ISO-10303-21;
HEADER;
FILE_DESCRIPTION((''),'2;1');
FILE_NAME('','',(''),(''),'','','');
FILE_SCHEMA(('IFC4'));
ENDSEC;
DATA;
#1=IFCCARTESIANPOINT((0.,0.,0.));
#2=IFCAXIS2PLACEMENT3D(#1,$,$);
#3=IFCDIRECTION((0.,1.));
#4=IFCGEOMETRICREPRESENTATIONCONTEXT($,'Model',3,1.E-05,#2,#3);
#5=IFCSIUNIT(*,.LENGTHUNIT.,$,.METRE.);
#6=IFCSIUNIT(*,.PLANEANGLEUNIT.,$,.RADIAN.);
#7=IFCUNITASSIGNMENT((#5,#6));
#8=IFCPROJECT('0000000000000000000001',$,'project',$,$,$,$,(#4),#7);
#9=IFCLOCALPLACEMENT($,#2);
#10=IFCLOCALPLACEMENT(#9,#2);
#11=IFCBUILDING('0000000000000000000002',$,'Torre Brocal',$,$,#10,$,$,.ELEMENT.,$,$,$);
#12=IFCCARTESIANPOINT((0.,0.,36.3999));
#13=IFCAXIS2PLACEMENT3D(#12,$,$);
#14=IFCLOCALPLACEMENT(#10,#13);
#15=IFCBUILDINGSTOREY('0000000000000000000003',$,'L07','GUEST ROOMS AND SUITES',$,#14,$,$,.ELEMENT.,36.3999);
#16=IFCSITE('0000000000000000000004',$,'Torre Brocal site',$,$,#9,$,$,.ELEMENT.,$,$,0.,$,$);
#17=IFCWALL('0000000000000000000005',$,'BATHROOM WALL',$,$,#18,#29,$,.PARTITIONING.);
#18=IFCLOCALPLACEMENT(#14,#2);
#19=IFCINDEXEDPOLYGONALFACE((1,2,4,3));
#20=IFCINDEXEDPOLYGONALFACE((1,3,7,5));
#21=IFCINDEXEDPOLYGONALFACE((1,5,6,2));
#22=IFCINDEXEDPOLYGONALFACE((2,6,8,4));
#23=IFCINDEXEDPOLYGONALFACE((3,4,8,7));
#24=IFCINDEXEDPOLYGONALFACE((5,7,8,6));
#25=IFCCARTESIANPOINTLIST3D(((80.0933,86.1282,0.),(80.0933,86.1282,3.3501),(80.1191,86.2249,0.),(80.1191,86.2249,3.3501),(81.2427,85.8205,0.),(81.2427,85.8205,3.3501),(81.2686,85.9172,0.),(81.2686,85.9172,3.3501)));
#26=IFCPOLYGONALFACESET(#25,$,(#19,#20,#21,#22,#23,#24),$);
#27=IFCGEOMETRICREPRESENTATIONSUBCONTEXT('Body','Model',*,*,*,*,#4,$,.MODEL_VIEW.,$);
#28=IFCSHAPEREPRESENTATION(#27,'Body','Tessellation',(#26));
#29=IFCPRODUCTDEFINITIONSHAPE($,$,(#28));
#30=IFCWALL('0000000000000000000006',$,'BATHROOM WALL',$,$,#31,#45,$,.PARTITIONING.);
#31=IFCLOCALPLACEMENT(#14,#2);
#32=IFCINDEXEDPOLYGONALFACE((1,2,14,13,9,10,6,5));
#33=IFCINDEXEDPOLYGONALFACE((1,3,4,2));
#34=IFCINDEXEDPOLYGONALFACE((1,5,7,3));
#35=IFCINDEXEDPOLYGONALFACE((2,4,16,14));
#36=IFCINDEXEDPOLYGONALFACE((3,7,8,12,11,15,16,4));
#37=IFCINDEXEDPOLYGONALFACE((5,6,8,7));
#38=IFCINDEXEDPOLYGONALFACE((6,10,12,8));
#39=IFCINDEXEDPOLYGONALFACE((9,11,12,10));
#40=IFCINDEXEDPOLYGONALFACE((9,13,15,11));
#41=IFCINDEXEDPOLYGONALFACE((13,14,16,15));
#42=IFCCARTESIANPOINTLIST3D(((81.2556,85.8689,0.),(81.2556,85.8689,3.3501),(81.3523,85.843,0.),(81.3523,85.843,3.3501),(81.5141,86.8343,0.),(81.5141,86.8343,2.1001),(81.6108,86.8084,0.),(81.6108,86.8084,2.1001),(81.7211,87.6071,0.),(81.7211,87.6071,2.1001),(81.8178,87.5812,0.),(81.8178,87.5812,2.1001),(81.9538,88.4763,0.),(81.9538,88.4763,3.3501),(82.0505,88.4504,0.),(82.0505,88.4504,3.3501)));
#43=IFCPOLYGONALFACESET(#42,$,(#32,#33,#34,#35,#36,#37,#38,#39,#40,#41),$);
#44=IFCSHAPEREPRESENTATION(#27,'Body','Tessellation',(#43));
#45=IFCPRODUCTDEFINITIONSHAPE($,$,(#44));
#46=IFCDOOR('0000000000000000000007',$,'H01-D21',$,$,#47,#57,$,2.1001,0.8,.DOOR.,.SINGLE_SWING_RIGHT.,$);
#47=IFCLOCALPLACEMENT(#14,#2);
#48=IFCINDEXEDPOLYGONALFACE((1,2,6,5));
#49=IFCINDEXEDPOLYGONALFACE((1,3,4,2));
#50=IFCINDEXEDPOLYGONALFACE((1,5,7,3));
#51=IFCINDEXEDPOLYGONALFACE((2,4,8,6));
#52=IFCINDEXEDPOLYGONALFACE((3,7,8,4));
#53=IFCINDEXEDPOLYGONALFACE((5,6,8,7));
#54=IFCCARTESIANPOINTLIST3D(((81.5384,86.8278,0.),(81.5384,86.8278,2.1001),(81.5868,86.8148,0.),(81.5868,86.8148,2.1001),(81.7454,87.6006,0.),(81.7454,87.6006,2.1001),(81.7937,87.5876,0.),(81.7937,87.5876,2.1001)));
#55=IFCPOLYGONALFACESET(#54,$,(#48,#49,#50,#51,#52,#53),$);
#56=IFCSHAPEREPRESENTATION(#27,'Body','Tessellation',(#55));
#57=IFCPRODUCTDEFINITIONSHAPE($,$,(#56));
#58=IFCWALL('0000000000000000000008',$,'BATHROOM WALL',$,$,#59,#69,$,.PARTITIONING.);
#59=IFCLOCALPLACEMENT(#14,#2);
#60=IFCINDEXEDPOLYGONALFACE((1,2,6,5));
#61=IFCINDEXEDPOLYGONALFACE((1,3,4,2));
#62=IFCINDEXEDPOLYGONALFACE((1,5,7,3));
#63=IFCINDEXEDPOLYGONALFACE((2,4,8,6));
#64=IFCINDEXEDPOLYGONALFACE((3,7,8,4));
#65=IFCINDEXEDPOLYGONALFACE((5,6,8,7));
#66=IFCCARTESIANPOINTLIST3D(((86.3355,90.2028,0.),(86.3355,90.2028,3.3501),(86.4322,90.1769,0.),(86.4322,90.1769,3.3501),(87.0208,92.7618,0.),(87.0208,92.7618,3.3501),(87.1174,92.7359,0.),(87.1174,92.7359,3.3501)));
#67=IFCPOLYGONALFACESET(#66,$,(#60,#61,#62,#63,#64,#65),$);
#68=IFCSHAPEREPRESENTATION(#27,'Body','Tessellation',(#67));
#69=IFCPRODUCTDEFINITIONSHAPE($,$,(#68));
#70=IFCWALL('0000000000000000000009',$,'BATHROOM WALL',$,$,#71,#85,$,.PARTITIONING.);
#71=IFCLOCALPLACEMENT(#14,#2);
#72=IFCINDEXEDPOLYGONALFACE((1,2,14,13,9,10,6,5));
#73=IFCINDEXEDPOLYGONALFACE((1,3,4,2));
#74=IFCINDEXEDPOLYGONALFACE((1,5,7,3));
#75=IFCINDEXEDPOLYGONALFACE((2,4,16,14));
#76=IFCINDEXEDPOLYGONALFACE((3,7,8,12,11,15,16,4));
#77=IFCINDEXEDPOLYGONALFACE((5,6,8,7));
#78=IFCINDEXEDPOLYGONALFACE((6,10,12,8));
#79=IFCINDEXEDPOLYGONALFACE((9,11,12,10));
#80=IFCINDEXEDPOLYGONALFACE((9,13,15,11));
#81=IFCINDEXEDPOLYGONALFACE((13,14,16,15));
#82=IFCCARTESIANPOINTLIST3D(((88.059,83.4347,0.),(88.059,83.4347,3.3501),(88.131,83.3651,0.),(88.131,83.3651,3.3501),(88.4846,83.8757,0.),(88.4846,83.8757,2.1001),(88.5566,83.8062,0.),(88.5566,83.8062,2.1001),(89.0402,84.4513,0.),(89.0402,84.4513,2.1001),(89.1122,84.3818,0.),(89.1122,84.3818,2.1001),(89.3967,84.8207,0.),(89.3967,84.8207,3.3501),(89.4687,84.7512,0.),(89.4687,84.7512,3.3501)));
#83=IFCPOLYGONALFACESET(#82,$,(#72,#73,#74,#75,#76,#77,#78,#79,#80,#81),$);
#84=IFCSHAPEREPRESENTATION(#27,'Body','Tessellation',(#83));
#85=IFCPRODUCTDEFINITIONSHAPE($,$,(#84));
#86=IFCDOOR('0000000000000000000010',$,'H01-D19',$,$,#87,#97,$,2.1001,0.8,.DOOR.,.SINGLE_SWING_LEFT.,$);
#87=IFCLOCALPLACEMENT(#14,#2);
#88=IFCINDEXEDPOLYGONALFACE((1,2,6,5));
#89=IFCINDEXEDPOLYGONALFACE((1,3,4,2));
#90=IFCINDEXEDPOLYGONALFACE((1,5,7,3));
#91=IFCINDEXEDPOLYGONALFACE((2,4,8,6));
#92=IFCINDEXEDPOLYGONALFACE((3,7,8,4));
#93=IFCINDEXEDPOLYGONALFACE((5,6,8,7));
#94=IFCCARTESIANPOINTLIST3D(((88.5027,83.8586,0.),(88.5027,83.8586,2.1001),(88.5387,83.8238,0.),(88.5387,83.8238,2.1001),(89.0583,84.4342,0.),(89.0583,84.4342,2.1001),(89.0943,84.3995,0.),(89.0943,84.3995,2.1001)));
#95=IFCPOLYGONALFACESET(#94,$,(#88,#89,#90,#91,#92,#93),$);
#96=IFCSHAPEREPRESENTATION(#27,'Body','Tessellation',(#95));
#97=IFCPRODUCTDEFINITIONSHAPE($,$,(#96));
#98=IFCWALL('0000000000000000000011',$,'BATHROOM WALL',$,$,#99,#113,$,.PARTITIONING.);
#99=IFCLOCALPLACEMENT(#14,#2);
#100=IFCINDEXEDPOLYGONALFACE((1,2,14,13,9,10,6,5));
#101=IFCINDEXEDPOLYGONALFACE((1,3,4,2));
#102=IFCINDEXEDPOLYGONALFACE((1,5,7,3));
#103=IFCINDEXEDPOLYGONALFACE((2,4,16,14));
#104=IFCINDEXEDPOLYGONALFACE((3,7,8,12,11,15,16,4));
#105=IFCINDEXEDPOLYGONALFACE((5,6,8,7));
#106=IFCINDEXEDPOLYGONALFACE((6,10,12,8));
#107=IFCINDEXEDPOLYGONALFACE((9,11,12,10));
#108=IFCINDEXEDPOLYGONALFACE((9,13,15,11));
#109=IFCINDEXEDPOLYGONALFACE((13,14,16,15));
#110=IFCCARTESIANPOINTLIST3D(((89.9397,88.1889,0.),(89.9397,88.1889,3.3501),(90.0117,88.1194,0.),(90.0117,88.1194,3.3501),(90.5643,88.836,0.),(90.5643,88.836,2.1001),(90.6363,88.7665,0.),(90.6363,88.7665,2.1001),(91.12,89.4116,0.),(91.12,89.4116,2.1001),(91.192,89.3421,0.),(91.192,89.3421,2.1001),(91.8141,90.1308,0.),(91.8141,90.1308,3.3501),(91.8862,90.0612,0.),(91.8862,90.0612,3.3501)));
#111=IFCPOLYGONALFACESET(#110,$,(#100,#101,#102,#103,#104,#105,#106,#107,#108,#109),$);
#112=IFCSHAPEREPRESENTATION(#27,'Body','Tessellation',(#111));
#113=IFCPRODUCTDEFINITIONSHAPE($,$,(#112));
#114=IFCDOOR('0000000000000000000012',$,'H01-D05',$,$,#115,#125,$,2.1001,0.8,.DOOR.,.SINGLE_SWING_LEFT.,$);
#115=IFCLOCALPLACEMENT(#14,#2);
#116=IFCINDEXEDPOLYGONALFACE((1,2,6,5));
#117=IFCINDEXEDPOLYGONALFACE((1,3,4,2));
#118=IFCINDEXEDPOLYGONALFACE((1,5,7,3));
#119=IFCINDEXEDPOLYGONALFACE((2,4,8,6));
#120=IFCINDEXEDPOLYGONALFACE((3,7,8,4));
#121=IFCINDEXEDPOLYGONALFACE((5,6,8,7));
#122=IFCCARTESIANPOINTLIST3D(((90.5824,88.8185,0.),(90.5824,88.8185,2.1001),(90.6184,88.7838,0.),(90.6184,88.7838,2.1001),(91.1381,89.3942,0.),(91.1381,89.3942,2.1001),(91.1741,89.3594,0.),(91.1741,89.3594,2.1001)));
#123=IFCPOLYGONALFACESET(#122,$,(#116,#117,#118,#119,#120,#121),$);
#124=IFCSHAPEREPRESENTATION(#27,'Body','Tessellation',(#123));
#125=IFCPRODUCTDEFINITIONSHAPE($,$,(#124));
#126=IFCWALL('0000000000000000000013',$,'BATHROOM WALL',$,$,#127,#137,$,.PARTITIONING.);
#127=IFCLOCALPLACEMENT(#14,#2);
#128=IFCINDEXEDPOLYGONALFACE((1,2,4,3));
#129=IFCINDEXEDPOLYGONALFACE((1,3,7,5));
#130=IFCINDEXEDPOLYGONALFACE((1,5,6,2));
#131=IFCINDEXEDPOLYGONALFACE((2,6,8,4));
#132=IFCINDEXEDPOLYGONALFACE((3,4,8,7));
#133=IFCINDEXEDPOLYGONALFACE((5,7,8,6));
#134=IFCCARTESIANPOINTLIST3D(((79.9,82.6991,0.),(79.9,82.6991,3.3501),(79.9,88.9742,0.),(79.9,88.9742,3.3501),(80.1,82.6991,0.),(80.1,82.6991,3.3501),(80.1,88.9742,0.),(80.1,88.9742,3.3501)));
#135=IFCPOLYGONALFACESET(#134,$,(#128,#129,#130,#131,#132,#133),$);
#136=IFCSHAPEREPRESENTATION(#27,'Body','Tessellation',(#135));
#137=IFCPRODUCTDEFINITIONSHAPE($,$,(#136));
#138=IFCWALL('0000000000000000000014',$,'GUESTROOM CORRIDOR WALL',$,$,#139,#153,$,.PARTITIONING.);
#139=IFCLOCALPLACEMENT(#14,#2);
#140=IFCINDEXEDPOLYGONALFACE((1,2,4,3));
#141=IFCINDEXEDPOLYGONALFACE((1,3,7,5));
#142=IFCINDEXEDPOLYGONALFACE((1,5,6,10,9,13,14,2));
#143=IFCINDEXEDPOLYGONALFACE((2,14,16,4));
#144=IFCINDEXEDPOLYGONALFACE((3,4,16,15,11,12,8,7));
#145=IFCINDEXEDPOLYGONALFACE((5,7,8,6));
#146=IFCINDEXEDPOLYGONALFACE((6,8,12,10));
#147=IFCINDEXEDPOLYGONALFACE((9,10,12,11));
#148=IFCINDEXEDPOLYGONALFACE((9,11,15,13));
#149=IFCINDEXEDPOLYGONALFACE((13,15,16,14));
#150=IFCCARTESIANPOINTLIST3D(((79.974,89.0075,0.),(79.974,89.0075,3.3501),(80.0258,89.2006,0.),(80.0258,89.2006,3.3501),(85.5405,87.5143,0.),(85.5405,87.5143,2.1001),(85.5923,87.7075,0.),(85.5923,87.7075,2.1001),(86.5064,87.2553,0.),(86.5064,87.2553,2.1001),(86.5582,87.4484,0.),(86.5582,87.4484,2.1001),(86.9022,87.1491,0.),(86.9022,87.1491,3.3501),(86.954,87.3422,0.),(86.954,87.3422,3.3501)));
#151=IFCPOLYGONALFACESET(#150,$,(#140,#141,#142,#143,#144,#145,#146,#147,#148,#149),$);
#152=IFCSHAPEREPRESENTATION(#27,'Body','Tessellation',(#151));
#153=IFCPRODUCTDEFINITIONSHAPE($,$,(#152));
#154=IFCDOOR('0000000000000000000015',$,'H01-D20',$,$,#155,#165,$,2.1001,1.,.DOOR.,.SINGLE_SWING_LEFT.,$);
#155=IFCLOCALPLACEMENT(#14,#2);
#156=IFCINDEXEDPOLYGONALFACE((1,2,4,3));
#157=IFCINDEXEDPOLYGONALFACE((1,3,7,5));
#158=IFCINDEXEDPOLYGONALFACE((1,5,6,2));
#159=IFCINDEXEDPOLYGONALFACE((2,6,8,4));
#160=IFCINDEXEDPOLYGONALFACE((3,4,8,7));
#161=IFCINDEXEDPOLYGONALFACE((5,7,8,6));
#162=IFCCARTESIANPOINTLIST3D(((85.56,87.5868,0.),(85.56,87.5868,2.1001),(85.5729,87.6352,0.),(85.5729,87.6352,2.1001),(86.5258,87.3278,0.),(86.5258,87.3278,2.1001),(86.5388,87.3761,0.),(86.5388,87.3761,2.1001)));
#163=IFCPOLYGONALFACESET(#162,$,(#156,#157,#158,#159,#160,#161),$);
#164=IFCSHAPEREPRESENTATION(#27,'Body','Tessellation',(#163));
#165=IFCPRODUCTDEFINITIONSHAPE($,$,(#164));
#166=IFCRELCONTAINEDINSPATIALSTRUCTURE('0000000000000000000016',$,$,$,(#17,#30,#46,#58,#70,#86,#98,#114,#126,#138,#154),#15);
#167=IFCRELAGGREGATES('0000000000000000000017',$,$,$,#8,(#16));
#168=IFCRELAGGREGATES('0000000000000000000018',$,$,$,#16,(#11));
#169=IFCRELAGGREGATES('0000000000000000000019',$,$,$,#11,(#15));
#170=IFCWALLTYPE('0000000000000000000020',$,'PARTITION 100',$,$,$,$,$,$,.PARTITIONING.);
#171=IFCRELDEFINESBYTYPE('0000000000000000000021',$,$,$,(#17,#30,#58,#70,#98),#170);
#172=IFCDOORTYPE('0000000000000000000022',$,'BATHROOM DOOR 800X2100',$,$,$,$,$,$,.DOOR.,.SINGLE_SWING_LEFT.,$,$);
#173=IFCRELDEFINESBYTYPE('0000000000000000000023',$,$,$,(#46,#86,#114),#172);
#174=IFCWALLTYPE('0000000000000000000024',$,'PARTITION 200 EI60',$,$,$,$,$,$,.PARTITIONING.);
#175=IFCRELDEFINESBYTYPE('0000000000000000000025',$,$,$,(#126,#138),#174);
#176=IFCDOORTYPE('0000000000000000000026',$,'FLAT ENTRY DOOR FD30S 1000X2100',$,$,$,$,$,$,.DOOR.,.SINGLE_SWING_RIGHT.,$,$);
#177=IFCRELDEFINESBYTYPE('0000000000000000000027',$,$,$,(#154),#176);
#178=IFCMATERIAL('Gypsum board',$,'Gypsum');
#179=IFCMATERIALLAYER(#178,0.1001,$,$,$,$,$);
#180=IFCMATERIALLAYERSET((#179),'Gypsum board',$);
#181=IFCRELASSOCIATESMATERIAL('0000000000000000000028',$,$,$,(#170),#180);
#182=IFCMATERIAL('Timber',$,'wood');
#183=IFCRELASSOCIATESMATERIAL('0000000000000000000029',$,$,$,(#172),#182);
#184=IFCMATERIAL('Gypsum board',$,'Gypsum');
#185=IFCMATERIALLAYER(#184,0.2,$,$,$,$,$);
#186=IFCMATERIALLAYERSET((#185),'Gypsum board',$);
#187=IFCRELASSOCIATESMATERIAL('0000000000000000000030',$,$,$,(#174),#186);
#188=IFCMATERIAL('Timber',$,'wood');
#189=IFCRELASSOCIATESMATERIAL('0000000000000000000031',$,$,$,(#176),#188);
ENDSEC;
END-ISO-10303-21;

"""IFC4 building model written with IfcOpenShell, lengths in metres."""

from ifc_helpers import new_model, si_unit, direction, frame, frame_2d, origin, place, context, subcontext, project, spatial, rectangle, extrude, material, layer, layer_set, type_object, element, fill, save


model = new_model("IFC4")

# Units and contexts
model_context = context("Model", 3, precision=1e-05, world=origin(), true_north=direction((0.0, 1.0)))
body_context = subcontext(model_context, "Body", "Model", "MODEL_VIEW")
ifc_project = project(units=[si_unit("LENGTHUNIT", "METRE"), si_unit("PLANEANGLEUNIT", "RADIAN")], contexts=[model_context])

# Site, building, storey
site_placement = place(None, origin())
site = spatial("IfcSite", under=ifc_project, at=site_placement, Name="Torre Brocal site", CompositionType="ELEMENT", RefElevation=0.0)
building_placement = place(site_placement, origin())
building = spatial("IfcBuilding", under=site, at=building_placement, Name="Torre Brocal", CompositionType="ELEMENT")
storey_placement = place(building_placement, frame((0.0, 0.0, 36.3999)))
storey = spatial("IfcBuildingStorey", under=building, at=storey_placement, Name="L07", Description="GUEST ROOMS AND SUITES", CompositionType="ELEMENT", Elevation=36.3999)

# Wall
ifc_material_1 = material(Name="Gypsum board", Category="Gypsum")
ifc_layer_1 = layer(ifc_material_1, 0.1001)
ifc_layer_set_1 = layer_set([ifc_layer_1], Name="Gypsum board")
wall_type_1 = type_object("IfcWallType", Name="PARTITION 100", PredefinedType="PARTITIONING", material=ifc_layer_set_1)
wall_1_placement = place(storey_placement, frame((80.1062, 86.1765, 0.0), z_axis=(0.0, 0.0, 1.0), x_axis=(0.966003, -0.258531, 0.0)))
element("IfcWall", 1, at=wall_1_placement, inside=storey, type_object=wall_type_1, Name="BATHROOM WALL", PredefinedType="PARTITIONING", context=body_context, shape_type="SweptSolid", body=[
    extrude(rectangle(XDim=1.1899, YDim=0.1001, at=frame_2d((0.595, 0.0))), origin(), (0.0, 0.0, 1.0), 3.3501),
])

# Wall, opening, door
wall_2_placement = place(storey_placement, frame((81.304, 85.856, 0.0), z_axis=(0.0, 0.0, 1.0), x_axis=(0.258676, 0.965964, 0.0)))
wall_2 = element("IfcWall", 2, at=wall_2_placement, inside=storey, type_object=wall_type_1, Name="BATHROOM WALL", PredefinedType="PARTITIONING", context=body_context, shape_type="SweptSolid", body=[
    extrude(rectangle(XDim=2.6992, YDim=0.1001, at=frame_2d((1.3496, 0.0))), origin(), (0.0, 0.0, 1.0), 3.3501),
])
opening_1_placement = place(wall_2_placement, frame((0.9995, 0.0, 0.0)))
opening_1 = element("IfcOpeningElement", 3, at=opening_1_placement, cuts=wall_2, PredefinedType="OPENING", context=body_context, shape_type="SweptSolid", body=[
    extrude(rectangle(XDim=0.8, YDim=2.1001, at=frame_2d((0.3999, 1.05))), frame((0.0, 0.0601, 0.0), z_axis=(0.0, -1.0, 0.0), x_axis=(1.0, 0.0, 0.0)), (0.0, 0.0, 1.0), 0.1201),
])
ifc_material_2 = material(Name="Timber", Category="wood")
door_type_1 = type_object("IfcDoorType", Name="BATHROOM DOOR 800X2100", OperationType="SINGLE_SWING_LEFT", PredefinedType="DOOR", material=ifc_material_2)
door_1_placement = place(opening_1_placement, origin())
door_1 = element("IfcDoor", 4, at=door_1_placement, inside=storey, type_object=door_type_1, Name="H01-D21", OperationType="SINGLE_SWING_RIGHT", OverallHeight=2.1001, OverallWidth=0.8, PredefinedType="DOOR", context=body_context, shape_type="SweptSolid", body=[
    extrude(rectangle(XDim=0.8, YDim=2.1001, at=frame_2d((0.3999, 1.05))), frame((0.0, 0.0249, 0.0), z_axis=(0.0, -1.0, 0.0), x_axis=(1.0, 0.0, 0.0)), (0.0, 0.0, 1.0), 0.05),
])
fill(opening_1, door_1)

# Wall
wall_3_placement = place(storey_placement, frame((86.3838, 90.1897, 0.0), z_axis=(0.0, 0.0, 1.0), x_axis=(0.258678, 0.965964, 0.0)))
element("IfcWall", 5, at=wall_3_placement, inside=storey, type_object=wall_type_1, Name="BATHROOM WALL", PredefinedType="PARTITIONING", context=body_context, shape_type="SweptSolid", body=[
    extrude(rectangle(XDim=2.6492, YDim=0.1001, at=frame_2d((1.3247, 0.0))), origin(), (0.0, 0.0, 1.0), 3.3501),
])

# Walls, openings, doors
wall_4_placement = place(storey_placement, frame((88.095, 83.3999, 0.0), z_axis=(0.0, 0.0, 1.0), x_axis=(0.694447, 0.719543, 0.0)))
wall_4 = element("IfcWall", 6, at=wall_4_placement, inside=storey, type_object=wall_type_1, Name="BATHROOM WALL", PredefinedType="PARTITIONING", context=body_context, shape_type="SweptSolid", body=[
    extrude(rectangle(XDim=1.9263, YDim=0.1001, at=frame_2d((0.9631, 0.0))), origin(), (0.0, 0.0, 1.0), 3.3501),
])
opening_2_placement = place(wall_4_placement, frame((0.613, 0.0, 0.0)))
opening_2 = element("IfcOpeningElement", 7, at=opening_2_placement, cuts=wall_4, PredefinedType="OPENING", context=body_context, shape_type="SweptSolid", body=[
    extrude(rectangle(XDim=0.8, YDim=2.1001, at=frame_2d((0.3999, 1.05))), frame((0.0, 0.0601, 0.0), z_axis=(0.0, -1.0, 0.0), x_axis=(1.0, 0.0, 0.0)), (0.0, 0.0, 1.0), 0.1201),
])
door_2_placement = place(opening_2_placement, frame((0.8, 0.0, 0.0), z_axis=(0.0, 0.0, 1.0), x_axis=(-1.0, 0.0, 0.0)))
door_2 = element("IfcDoor", 8, at=door_2_placement, inside=storey, type_object=door_type_1, Name="H01-D19", OperationType="SINGLE_SWING_LEFT", OverallHeight=2.1001, OverallWidth=0.8, PredefinedType="DOOR", context=body_context, shape_type="SweptSolid", body=[
    extrude(rectangle(XDim=0.8, YDim=2.1001, at=frame_2d((0.3999, 1.05))), frame((0.0, 0.0249, 0.0), z_axis=(0.0, -1.0, 0.0), x_axis=(1.0, 0.0, 0.0)), (0.0, 0.0, 1.0), 0.05),
])
fill(opening_2, door_2)
wall_5_placement = place(storey_placement, frame((89.9756, 88.1541, 0.0), z_axis=(0.0, 0.0, 1.0), x_axis=(0.694514, 0.719479, 0.0)))
wall_5 = element("IfcWall", 9, at=wall_5_placement, inside=storey, type_object=wall_type_1, Name="BATHROOM WALL", PredefinedType="PARTITIONING", context=body_context, shape_type="SweptSolid", body=[
    extrude(rectangle(XDim=2.699, YDim=0.1001, at=frame_2d((1.3496, 0.0))), origin(), (0.0, 0.0, 1.0), 3.3501),
])
opening_3_placement = place(wall_5_placement, frame((0.8997, 0.0, 0.0)))
opening_3 = element("IfcOpeningElement", 10, at=opening_3_placement, cuts=wall_5, PredefinedType="OPENING", context=body_context, shape_type="SweptSolid", body=[
    extrude(rectangle(XDim=0.8, YDim=2.1001, at=frame_2d((0.3999, 1.05))), frame((0.0, 0.0601, 0.0), z_axis=(0.0, -1.0, 0.0), x_axis=(1.0, 0.0, 0.0)), (0.0, 0.0, 1.0), 0.1201),
])
door_3_placement = place(opening_3_placement, origin())
door_3 = element("IfcDoor", 11, at=door_3_placement, inside=storey, type_object=door_type_1, Name="H01-D05", OperationType="SINGLE_SWING_LEFT", OverallHeight=2.1001, OverallWidth=0.8, PredefinedType="DOOR", context=body_context, shape_type="SweptSolid", body=[
    extrude(rectangle(XDim=0.8, YDim=2.1001, at=frame_2d((0.3999, 1.05))), frame((0.0, 0.0249, 0.0), z_axis=(0.0, -1.0, 0.0), x_axis=(1.0, 0.0, 0.0)), (0.0, 0.0, 1.0), 0.05),
])
fill(opening_3, door_3)

# Wall
ifc_material_3 = material(Name="Gypsum board", Category="Gypsum")
ifc_layer_2 = layer(ifc_material_3, 0.2)
ifc_layer_set_2 = layer_set([ifc_layer_2], Name="Gypsum board")
wall_type_2 = type_object("IfcWallType", Name="PARTITION 200 EI60", PredefinedType="PARTITIONING", material=ifc_layer_set_2)
wall_6_placement = place(storey_placement, frame((80.0, 82.699, 0.0), z_axis=(0.0, 0.0, 1.0), x_axis=(0.0, 1.0, 0.0)))
element("IfcWall", 12, at=wall_6_placement, inside=storey, type_object=wall_type_2, Name="BATHROOM WALL", PredefinedType="PARTITIONING", context=body_context, shape_type="SweptSolid", body=[
    extrude(rectangle(XDim=6.2751, YDim=0.2, at=frame_2d((3.1377, 0.0))), origin(), (0.0, 0.0, 1.0), 3.3501),
])

# Wall, opening, door
wall_7_placement = place(storey_placement, frame((80.0, 89.104, 0.0), z_axis=(0.0, 0.0, 1.0), x_axis=(0.965857, -0.259077, 0.0)))
wall_7 = element("IfcWall", 13, at=wall_7_placement, inside=storey, type_object=wall_type_2, Name="GUESTROOM CORRIDOR WALL", PredefinedType="PARTITIONING", context=body_context, shape_type="SweptSolid", body=[
    extrude(rectangle(XDim=7.1731, YDim=0.2, at=frame_2d((3.5864, 0.0))), origin(), (0.0, 0.0, 1.0), 3.3501),
])
opening_4_placement = place(wall_7_placement, frame((5.7632, 0.0, 0.0)))
opening_4 = element("IfcOpeningElement", 14, at=opening_4_placement, cuts=wall_7, PredefinedType="OPENING", context=body_context, shape_type="SweptSolid", body=[
    extrude(rectangle(XDim=1.0, YDim=2.1001, at=frame_2d((0.5, 1.05))), frame((0.0, 0.1099, 0.0), z_axis=(0.0, -1.0, 0.0), x_axis=(1.0, 0.0, 0.0)), (0.0, 0.0, 1.0), 0.22),
])
ifc_material_4 = material(Name="Timber", Category="wood")
door_type_2 = type_object("IfcDoorType", Name="FLAT ENTRY DOOR FD30S 1000X2100", OperationType="SINGLE_SWING_RIGHT", PredefinedType="DOOR", material=ifc_material_4)
door_4_placement = place(opening_4_placement, frame((1.0, 0.0, 0.0), z_axis=(0.0, 0.0, 1.0), x_axis=(-1.0, 0.0, 0.0)))
door_4 = element("IfcDoor", 15, at=door_4_placement, inside=storey, type_object=door_type_2, Name="H01-D20", OperationType="SINGLE_SWING_LEFT", OverallHeight=2.1001, OverallWidth=1.0, PredefinedType="DOOR", context=body_context, shape_type="SweptSolid", body=[
    extrude(rectangle(XDim=1.0, YDim=2.1001, at=frame_2d((0.5, 1.05))), frame((0.0, 0.0249, 0.0), z_axis=(0.0, -1.0, 0.0), x_axis=(1.0, 0.0, 0.0)), (0.0, 0.0, 1.0), 0.05),
])
fill(opening_4, door_4)

save(model, "model.ifc")
